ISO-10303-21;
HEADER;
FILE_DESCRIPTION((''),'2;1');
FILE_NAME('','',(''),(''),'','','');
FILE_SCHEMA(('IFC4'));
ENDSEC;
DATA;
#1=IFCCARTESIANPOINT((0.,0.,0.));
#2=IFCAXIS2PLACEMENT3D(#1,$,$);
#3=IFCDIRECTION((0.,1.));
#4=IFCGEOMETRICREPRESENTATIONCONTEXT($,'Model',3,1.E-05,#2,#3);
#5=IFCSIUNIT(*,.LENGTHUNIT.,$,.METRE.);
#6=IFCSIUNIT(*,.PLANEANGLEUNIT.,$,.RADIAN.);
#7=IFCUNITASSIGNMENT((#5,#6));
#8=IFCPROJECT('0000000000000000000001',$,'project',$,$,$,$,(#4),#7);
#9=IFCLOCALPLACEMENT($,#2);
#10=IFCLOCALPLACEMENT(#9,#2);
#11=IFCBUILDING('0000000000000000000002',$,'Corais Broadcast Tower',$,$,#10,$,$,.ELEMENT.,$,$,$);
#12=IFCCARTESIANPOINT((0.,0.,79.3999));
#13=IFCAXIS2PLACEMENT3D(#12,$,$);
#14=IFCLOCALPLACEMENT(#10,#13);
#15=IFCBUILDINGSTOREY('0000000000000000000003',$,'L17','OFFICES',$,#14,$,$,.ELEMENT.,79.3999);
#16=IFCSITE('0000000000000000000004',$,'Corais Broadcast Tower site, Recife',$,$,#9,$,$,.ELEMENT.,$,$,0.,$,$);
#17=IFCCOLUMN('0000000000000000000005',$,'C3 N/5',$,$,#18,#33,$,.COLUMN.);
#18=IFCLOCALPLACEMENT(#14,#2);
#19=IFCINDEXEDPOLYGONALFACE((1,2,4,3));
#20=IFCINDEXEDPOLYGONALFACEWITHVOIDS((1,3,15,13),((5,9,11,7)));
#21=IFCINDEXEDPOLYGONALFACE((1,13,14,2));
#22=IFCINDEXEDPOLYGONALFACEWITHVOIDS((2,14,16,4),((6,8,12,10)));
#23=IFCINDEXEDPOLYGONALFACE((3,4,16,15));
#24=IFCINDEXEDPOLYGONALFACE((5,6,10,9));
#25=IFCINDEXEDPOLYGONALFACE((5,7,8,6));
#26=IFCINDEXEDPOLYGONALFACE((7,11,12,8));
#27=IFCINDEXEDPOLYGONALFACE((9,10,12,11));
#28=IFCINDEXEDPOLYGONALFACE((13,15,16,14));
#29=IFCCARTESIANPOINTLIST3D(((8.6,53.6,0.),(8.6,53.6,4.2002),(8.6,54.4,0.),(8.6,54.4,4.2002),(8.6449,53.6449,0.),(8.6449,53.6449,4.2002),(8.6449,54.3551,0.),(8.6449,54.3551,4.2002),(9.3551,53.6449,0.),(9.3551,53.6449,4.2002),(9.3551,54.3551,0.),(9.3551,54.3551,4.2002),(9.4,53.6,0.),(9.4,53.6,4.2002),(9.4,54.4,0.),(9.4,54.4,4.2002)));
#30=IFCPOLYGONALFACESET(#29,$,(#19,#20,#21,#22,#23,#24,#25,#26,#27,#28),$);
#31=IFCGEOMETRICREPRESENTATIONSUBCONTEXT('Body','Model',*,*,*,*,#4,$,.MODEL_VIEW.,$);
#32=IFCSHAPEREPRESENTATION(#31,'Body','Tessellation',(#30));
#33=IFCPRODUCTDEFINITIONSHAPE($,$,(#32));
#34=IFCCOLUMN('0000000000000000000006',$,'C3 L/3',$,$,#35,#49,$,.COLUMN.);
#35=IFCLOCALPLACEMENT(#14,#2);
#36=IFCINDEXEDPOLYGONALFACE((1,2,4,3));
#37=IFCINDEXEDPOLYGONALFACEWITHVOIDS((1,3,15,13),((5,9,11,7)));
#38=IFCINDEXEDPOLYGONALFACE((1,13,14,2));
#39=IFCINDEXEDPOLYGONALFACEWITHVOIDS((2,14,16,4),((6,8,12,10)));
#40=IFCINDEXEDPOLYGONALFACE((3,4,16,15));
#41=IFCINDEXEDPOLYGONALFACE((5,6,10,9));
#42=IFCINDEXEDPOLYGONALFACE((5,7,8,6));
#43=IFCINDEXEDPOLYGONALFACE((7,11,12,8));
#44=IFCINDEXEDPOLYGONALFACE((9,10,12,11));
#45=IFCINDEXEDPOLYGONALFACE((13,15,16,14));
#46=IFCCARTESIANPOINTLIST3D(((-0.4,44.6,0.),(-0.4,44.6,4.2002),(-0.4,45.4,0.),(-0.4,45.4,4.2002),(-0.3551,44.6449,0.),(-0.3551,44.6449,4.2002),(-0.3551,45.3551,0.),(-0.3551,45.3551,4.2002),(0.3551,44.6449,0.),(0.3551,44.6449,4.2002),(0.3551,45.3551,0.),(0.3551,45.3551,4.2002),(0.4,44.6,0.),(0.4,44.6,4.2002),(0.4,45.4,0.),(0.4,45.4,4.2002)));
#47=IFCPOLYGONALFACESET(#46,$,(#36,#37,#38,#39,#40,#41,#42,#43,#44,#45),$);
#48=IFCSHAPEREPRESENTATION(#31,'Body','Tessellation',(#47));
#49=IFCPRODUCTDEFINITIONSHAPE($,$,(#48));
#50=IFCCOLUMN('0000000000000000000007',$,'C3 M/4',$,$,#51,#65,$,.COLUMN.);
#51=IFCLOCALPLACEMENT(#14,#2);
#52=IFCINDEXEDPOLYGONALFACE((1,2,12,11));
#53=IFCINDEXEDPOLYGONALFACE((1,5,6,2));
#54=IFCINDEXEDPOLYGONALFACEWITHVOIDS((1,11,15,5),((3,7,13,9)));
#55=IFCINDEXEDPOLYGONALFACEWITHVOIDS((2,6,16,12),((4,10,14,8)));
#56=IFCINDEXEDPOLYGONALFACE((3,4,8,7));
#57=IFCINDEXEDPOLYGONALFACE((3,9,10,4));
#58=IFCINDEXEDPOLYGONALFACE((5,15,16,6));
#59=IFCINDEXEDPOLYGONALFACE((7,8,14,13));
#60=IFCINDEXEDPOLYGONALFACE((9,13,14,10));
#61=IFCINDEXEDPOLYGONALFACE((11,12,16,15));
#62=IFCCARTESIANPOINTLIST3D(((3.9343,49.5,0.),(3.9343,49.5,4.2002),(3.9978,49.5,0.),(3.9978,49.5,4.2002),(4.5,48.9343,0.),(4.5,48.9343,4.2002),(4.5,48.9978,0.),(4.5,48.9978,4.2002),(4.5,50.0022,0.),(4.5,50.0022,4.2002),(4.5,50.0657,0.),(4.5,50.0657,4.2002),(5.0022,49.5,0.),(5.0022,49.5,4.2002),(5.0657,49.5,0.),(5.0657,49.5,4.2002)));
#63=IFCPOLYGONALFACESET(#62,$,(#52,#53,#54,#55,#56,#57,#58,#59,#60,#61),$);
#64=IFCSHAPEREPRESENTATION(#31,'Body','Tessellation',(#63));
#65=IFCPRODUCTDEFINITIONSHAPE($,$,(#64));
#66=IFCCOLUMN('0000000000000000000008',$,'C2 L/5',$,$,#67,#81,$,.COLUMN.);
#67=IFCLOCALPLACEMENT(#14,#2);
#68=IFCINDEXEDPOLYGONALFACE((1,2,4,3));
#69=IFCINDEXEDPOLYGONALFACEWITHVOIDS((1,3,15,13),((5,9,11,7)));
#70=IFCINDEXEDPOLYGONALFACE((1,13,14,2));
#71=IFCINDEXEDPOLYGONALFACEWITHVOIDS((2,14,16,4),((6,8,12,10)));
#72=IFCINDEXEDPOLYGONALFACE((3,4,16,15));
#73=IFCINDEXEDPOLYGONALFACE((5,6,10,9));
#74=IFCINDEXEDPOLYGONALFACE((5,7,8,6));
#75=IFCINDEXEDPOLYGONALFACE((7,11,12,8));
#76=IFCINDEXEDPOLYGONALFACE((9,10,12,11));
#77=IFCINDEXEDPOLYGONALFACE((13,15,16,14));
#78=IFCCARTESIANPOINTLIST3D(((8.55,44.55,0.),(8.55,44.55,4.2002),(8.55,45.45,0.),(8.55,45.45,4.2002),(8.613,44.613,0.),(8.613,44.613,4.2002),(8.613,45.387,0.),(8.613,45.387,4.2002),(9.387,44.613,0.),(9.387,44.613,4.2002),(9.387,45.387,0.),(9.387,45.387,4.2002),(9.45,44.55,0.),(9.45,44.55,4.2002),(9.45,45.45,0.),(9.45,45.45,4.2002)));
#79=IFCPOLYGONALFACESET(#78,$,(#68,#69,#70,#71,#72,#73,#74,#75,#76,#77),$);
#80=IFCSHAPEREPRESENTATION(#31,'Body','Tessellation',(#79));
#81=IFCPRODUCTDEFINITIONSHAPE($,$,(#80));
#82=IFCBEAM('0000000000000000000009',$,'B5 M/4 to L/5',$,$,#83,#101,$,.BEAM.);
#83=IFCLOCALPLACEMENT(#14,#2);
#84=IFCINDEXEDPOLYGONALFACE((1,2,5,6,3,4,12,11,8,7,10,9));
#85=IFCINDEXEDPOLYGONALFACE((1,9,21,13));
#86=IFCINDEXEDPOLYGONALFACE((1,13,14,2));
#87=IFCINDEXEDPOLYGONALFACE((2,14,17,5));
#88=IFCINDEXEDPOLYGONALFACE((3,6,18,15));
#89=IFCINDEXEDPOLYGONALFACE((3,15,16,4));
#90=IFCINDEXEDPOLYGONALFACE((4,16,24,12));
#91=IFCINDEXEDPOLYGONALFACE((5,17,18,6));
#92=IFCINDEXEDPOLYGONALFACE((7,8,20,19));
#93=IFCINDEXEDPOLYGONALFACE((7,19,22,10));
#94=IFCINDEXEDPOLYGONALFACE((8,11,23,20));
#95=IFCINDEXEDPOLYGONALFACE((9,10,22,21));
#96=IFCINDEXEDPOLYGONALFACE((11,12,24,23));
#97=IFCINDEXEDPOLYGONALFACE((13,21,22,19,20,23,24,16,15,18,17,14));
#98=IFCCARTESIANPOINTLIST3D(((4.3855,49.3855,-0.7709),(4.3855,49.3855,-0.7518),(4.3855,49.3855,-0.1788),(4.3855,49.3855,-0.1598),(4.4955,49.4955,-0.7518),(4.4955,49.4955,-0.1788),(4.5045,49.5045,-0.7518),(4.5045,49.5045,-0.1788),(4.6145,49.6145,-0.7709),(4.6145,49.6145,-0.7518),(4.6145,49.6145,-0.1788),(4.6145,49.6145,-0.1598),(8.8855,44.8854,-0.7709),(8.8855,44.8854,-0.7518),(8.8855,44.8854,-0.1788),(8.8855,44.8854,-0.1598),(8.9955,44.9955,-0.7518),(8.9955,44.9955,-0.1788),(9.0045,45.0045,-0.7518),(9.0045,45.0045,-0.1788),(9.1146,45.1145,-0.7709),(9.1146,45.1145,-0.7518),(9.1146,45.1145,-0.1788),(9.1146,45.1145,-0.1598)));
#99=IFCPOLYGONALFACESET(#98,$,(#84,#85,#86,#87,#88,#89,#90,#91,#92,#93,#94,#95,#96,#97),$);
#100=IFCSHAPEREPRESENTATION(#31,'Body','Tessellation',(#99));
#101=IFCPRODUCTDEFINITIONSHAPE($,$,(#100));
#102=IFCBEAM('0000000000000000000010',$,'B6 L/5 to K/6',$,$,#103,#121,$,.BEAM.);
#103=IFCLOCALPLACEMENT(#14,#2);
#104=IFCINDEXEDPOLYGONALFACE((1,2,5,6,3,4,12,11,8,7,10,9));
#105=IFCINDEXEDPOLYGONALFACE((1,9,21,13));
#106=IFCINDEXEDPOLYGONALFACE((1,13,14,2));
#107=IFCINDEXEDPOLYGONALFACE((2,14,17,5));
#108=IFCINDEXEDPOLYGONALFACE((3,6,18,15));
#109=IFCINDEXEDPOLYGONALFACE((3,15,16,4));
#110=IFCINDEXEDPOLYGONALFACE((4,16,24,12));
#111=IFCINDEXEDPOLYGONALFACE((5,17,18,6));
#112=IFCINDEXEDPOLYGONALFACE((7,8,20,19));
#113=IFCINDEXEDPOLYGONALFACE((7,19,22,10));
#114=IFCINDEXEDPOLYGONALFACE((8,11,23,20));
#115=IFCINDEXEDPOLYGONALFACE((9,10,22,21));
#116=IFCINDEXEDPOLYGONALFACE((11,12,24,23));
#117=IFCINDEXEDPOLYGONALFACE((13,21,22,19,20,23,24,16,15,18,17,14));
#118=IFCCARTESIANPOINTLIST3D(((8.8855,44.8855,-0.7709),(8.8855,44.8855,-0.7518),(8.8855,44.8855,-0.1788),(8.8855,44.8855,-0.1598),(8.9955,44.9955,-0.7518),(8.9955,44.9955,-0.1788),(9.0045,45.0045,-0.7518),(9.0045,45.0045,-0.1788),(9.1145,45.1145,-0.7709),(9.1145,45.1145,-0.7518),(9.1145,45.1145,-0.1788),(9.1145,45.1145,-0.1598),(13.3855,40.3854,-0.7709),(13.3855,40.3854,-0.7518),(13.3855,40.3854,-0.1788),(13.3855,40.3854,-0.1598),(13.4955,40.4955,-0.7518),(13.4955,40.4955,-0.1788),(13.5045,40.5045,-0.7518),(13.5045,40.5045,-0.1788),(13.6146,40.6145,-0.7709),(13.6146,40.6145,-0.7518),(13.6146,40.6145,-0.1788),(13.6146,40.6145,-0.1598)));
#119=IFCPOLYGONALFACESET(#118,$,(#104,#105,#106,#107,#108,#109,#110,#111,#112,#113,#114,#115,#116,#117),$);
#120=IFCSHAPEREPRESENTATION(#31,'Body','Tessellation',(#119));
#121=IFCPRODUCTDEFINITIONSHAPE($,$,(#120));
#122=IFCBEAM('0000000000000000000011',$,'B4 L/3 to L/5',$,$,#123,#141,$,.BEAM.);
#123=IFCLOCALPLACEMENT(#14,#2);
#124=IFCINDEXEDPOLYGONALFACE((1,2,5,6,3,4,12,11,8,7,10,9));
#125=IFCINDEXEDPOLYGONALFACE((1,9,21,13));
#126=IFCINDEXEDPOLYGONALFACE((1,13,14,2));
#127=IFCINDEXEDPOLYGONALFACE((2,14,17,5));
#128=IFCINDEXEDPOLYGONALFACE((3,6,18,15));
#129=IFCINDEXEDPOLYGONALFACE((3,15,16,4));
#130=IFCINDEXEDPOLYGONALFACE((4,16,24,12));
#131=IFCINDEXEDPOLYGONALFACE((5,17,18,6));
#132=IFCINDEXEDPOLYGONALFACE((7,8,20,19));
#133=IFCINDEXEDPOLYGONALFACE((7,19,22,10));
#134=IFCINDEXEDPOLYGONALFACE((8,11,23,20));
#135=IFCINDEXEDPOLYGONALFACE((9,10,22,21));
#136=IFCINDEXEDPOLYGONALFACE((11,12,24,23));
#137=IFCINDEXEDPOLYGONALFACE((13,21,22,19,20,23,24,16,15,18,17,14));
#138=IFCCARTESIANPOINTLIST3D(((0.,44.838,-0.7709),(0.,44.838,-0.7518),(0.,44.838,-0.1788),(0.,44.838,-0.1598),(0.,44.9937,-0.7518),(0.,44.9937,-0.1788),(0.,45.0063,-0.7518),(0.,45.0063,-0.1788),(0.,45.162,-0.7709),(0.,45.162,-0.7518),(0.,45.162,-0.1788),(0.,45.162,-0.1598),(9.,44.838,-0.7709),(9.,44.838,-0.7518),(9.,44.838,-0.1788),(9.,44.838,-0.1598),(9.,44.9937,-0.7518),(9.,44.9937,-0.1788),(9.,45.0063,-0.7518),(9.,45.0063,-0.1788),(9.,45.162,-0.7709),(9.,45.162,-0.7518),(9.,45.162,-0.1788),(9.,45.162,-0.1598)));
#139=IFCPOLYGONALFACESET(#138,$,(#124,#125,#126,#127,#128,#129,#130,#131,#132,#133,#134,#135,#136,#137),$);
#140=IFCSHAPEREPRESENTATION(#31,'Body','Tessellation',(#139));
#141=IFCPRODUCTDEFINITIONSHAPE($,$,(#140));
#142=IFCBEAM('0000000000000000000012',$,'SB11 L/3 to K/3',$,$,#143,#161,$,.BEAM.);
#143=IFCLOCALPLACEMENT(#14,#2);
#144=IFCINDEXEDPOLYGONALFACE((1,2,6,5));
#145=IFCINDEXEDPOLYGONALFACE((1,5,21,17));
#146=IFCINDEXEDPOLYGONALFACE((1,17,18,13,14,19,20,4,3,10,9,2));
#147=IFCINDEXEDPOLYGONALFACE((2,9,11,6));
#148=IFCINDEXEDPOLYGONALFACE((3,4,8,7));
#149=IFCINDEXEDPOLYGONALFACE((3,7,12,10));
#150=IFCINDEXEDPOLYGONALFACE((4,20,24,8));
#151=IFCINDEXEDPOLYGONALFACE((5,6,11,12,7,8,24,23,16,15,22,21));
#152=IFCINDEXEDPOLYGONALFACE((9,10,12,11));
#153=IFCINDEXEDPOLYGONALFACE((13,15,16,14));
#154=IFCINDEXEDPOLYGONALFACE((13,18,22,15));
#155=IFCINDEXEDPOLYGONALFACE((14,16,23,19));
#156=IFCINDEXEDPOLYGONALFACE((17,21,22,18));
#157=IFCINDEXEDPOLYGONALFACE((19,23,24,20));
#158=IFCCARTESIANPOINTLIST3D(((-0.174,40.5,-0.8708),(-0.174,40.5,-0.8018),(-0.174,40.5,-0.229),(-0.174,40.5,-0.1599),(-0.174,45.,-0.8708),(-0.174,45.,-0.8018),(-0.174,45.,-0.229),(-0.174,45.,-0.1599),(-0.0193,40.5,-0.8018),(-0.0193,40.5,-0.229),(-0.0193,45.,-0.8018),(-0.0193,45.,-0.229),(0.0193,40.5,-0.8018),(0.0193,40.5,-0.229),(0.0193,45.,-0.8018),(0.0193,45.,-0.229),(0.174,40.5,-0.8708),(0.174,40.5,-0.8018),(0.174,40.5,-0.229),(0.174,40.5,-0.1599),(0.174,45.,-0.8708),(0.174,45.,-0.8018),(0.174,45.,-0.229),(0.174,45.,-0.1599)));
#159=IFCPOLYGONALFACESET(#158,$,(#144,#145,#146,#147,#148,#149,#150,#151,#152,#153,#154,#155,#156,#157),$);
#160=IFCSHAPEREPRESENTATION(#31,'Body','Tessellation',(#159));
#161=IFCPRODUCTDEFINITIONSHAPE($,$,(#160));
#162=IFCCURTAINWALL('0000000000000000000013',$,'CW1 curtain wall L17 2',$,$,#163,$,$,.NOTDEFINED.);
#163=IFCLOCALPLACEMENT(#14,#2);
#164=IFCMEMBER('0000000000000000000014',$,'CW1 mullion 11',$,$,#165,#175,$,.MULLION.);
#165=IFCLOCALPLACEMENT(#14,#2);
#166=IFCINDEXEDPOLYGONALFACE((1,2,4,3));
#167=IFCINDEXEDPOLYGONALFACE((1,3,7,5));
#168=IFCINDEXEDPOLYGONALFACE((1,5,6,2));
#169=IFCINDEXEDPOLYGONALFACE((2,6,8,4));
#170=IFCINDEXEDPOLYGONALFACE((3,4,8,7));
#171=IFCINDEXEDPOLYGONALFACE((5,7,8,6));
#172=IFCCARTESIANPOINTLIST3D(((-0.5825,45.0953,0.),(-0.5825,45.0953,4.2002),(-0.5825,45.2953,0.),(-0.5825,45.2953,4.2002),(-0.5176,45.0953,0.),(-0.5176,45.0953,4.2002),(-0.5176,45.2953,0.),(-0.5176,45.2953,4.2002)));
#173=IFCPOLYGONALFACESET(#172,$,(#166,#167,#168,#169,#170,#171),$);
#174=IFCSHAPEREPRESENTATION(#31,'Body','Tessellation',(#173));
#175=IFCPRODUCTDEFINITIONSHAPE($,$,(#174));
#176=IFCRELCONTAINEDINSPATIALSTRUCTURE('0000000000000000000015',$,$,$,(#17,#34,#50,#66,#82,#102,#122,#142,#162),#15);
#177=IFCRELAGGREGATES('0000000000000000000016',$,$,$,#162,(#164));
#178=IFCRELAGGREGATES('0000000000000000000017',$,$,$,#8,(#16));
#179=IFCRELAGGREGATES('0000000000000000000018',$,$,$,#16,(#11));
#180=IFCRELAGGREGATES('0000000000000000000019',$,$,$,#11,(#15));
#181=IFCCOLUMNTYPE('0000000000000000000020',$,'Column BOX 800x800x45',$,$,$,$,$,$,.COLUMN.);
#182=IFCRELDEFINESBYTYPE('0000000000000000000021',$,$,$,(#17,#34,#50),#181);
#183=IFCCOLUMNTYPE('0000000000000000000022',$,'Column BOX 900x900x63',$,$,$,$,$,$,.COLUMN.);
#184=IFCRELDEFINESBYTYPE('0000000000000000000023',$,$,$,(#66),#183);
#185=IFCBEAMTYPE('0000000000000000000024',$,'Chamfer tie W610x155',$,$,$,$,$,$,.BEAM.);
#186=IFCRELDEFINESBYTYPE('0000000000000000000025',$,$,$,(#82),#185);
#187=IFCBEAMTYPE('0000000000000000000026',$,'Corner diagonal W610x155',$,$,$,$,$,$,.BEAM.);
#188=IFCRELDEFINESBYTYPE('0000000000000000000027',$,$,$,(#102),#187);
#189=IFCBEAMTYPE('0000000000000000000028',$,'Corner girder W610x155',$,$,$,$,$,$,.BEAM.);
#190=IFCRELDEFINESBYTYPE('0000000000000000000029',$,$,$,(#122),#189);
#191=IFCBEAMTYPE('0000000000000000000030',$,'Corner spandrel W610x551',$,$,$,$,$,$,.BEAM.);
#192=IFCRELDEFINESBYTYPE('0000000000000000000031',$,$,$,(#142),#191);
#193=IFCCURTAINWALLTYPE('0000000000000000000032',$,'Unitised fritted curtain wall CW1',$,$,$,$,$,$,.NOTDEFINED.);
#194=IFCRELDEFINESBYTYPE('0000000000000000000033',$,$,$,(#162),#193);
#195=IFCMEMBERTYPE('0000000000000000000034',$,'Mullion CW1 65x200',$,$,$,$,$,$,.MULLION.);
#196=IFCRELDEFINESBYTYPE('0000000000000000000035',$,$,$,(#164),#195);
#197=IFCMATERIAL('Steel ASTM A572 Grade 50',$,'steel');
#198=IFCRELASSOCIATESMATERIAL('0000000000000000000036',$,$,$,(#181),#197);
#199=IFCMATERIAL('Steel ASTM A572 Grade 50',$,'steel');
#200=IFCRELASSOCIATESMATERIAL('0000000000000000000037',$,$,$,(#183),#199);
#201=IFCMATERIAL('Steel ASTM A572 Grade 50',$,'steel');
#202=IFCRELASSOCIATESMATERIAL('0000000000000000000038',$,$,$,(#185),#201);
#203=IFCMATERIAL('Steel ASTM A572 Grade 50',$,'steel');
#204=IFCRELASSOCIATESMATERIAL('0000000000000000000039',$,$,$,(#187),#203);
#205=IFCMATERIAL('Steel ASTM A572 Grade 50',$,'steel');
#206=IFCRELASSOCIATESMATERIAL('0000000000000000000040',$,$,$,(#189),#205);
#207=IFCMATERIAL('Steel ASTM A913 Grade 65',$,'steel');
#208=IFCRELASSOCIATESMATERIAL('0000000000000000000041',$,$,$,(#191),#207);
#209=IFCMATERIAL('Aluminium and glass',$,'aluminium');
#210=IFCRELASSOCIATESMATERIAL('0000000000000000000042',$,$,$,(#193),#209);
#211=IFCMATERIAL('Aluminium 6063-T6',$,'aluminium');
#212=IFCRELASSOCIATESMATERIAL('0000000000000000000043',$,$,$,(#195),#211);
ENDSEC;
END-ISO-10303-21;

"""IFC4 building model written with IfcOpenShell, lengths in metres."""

from ifc_helpers import new_model, si_unit, direction, frame, origin, origin_2d, place, context, subcontext, project, spatial, rectangle, hollow_rectangle, i_section, extrude, material, material_profile, profile_set, type_object, element, aggregate, save


model = new_model("IFC4")

# Units and contexts
model_context = context("Model", 3, precision=1e-05, world=origin(), true_north=direction((0.0, 1.0)))
body_context = subcontext(model_context, "Body", "Model", "MODEL_VIEW")
ifc_project = project(units=[si_unit("LENGTHUNIT", "METRE"), si_unit("PLANEANGLEUNIT", "RADIAN")], contexts=[model_context])

# Site, building, storey
site_placement = place(None, origin())
site = spatial("IfcSite", under=ifc_project, at=site_placement, Name="Corais Broadcast Tower site, Recife", CompositionType="ELEMENT", RefElevation=0.0)
building_placement = place(site_placement, origin())
building = spatial("IfcBuilding", under=site, at=building_placement, Name="Corais Broadcast Tower", CompositionType="ELEMENT")
storey_placement = place(building_placement, frame((0.0, 0.0, 79.3999)))
storey = spatial("IfcBuildingStorey", under=building, at=storey_placement, Name="L17", Description="OFFICES", CompositionType="ELEMENT", Elevation=79.3999)

# Columns
ifc_material_1 = material(Name="Steel ASTM A572 Grade 50", Category="steel")
ifc_material_profile_1 = material_profile(ifc_material_1, hollow_rectangle(XDim=0.8, YDim=0.8, WallThickness=0.0449, at=origin_2d()), Name="BOX 800x800x45")
ifc_profile_set_1 = profile_set([ifc_material_profile_1], Name="Steel ASTM A572 Grade 50")
column_type_1 = type_object("IfcColumnType", Name="Column BOX 800x800x45", PredefinedType="COLUMN", material=ifc_profile_set_1)
for number, where, z_axis, x_axis, name in (
    (1, (9.0, 54.0, 0.0), (0.0, 0.0, 1.0), (1.0, 0.0, 0.0), "C3 N/5"),
    (2, (0.0, 45.0, 0.0), (0.0, 0.0, 1.0), (1.0, 0.0, 0.0), "C3 L/3"),
    (3, (4.5, 49.5, 0.0), (0.0, 0.0, 1.0), (0.707107, 0.707107, 0.0), "C3 M/4"),
):
    element("IfcColumn", number, at=place(storey_placement, frame(where, z_axis=z_axis, x_axis=x_axis)), inside=storey, type_object=column_type_1, Name=name, PredefinedType="COLUMN", context=body_context, shape_type="SweptSolid", body=[
        extrude(hollow_rectangle(XDim=0.8, YDim=0.8, WallThickness=0.0449, at=origin_2d()), origin(), (0.0, 0.0, 1.0), 4.2002),
    ])
ifc_material_2 = material(Name="Steel ASTM A572 Grade 50", Category="steel")
ifc_material_profile_2 = material_profile(ifc_material_2, hollow_rectangle(XDim=0.8999, YDim=0.8999, WallThickness=0.063, at=origin_2d()), Name="BOX 900x900x63")
ifc_profile_set_2 = profile_set([ifc_material_profile_2], Name="Steel ASTM A572 Grade 50")
column_type_2 = type_object("IfcColumnType", Name="Column BOX 900x900x63", PredefinedType="COLUMN", material=ifc_profile_set_2)
column_placement = place(storey_placement, frame((9.0, 45.0, 0.0), z_axis=(0.0, 0.0, 1.0), x_axis=(1.0, 0.0, 0.0)))
element("IfcColumn", 4, at=column_placement, inside=storey, type_object=column_type_2, Name="C2 L/5", PredefinedType="COLUMN", context=body_context, shape_type="SweptSolid", body=[
    extrude(hollow_rectangle(XDim=0.8999, YDim=0.8999, WallThickness=0.063, at=origin_2d()), origin(), (0.0, 0.0, 1.0), 4.2002),
])

# Beams
ifc_material_3 = material(Name="Steel ASTM A572 Grade 50", Category="steel")
ifc_material_profile_3 = material_profile(ifc_material_3, i_section(OverallWidth=0.324, OverallDepth=0.6111, WebThickness=0.0127, FlangeThickness=0.019, at=origin_2d()), Name="W610x155")
ifc_profile_set_3 = profile_set([ifc_material_profile_3], Name="Steel ASTM A572 Grade 50")
beam_type_1 = type_object("IfcBeamType", Name="Chamfer tie W610x155", PredefinedType="BEAM", material=ifc_profile_set_3)
beam_1_placement = place(storey_placement, frame((4.5, 49.5, -0.4653), z_axis=(0.707107, -0.707107, 0.0), x_axis=(0.707107, 0.707107, 0.0)))
element("IfcBeam", 5, at=beam_1_placement, inside=storey, type_object=beam_type_1, Name="B5 M/4 to L/5", PredefinedType="BEAM", context=body_context, shape_type="SweptSolid", body=[
    extrude(i_section(OverallWidth=0.324, OverallDepth=0.6111, WebThickness=0.0127, FlangeThickness=0.019, at=origin_2d()), origin(), (0.0, 0.0, 1.0), 6.364),
])
ifc_material_4 = material(Name="Steel ASTM A572 Grade 50", Category="steel")
ifc_material_profile_4 = material_profile(ifc_material_4, i_section(OverallWidth=0.324, OverallDepth=0.6111, WebThickness=0.0127, FlangeThickness=0.019, at=origin_2d()), Name="W610x155")
ifc_profile_set_4 = profile_set([ifc_material_profile_4], Name="Steel ASTM A572 Grade 50")
beam_type_2 = type_object("IfcBeamType", Name="Corner diagonal W610x155", PredefinedType="BEAM", material=ifc_profile_set_4)
beam_2_placement = place(storey_placement, frame((9.0, 45.0, -0.4653), z_axis=(0.707107, -0.707107, 0.0), x_axis=(0.707107, 0.707107, 0.0)))
element("IfcBeam", 6, at=beam_2_placement, inside=storey, type_object=beam_type_2, Name="B6 L/5 to K/6", PredefinedType="BEAM", context=body_context, shape_type="SweptSolid", body=[
    extrude(i_section(OverallWidth=0.324, OverallDepth=0.6111, WebThickness=0.0127, FlangeThickness=0.019, at=origin_2d()), origin(), (0.0, 0.0, 1.0), 6.364),
])
ifc_material_5 = material(Name="Steel ASTM A572 Grade 50", Category="steel")
ifc_material_profile_5 = material_profile(ifc_material_5, i_section(OverallWidth=0.324, OverallDepth=0.6111, WebThickness=0.0127, FlangeThickness=0.019, at=origin_2d()), Name="W610x155")
ifc_profile_set_5 = profile_set([ifc_material_profile_5], Name="Steel ASTM A572 Grade 50")
beam_type_3 = type_object("IfcBeamType", Name="Corner girder W610x155", PredefinedType="BEAM", material=ifc_profile_set_5)
beam_3_placement = place(storey_placement, frame((0.0, 45.0, -0.4653), z_axis=(1.0, 0.0, 0.0), x_axis=(0.0, 1.0, 0.0)))
element("IfcBeam", 7, at=beam_3_placement, inside=storey, type_object=beam_type_3, Name="B4 L/3 to L/5", PredefinedType="BEAM", context=body_context, shape_type="SweptSolid", body=[
    extrude(i_section(OverallWidth=0.324, OverallDepth=0.6111, WebThickness=0.0127, FlangeThickness=0.019, at=origin_2d()), origin(), (0.0, 0.0, 1.0), 9.0),
])
ifc_material_6 = material(Name="Steel ASTM A913 Grade 65", Category="steel")
ifc_material_profile_6 = material_profile(ifc_material_6, i_section(OverallWidth=0.3479, OverallDepth=0.7109, WebThickness=0.0386, FlangeThickness=0.0691, at=origin_2d()), Name="W610x551")
ifc_profile_set_6 = profile_set([ifc_material_profile_6], Name="Steel ASTM A913 Grade 65")
beam_type_4 = type_object("IfcBeamType", Name="Corner spandrel W610x551", PredefinedType="BEAM", material=ifc_profile_set_6)
beam_4_placement = place(storey_placement, frame((0.0, 45.0, -0.5154), z_axis=(0.0, -1.0, 0.0), x_axis=(1.0, 0.0, 0.0)))
element("IfcBeam", 8, at=beam_4_placement, inside=storey, type_object=beam_type_4, Name="SB11 L/3 to K/3", PredefinedType="BEAM", context=body_context, shape_type="SweptSolid", body=[
    extrude(i_section(OverallWidth=0.3479, OverallDepth=0.7109, WebThickness=0.0386, FlangeThickness=0.0691, at=origin_2d()), origin(), (0.0, 0.0, 1.0), 4.5),
])

# Curtain wall, member
ifc_material_7 = material(Name="Aluminium and glass", Category="aluminium")
curtain_wall_type = type_object("IfcCurtainWallType", Name="Unitised fritted curtain wall CW1", PredefinedType="NOTDEFINED", material=ifc_material_7)
curtain_wall_1_placement = place(storey_placement, origin())
curtain_wall_1 = element("IfcCurtainWall", 9, at=curtain_wall_1_placement, inside=storey, type_object=curtain_wall_type, Name="CW1 curtain wall L17 2", PredefinedType="NOTDEFINED")
ifc_material_8 = material(Name="Aluminium 6063-T6", Category="aluminium")
ifc_material_profile_7 = material_profile(ifc_material_8, rectangle(XDim=0.0649, YDim=0.2, at=origin_2d()), Name="Mullion CW1 65x200")
ifc_profile_set_7 = profile_set([ifc_material_profile_7], Name="Aluminium 6063-T6")
member_type_1 = type_object("IfcMemberType", Name="Mullion CW1 65x200", PredefinedType="MULLION", material=ifc_profile_set_7)
member_1_placement = place(storey_placement, frame((-0.55, 45.1953, 0.0), z_axis=(0.0, 0.0, 1.0), x_axis=(-1.0, 0.0, 0.0)))
member_1 = element("IfcMember", 10, at=member_1_placement, type_object=member_type_1, Name="CW1 mullion 11", PredefinedType="MULLION", context=body_context, shape_type="SweptSolid", body=[
    extrude(rectangle(XDim=0.0649, YDim=0.2, at=origin_2d()), origin(), (0.0, 0.0, 1.0), 4.2002),
])
aggregate(curtain_wall_1, [member_1])

save(model, "model.ifc")
